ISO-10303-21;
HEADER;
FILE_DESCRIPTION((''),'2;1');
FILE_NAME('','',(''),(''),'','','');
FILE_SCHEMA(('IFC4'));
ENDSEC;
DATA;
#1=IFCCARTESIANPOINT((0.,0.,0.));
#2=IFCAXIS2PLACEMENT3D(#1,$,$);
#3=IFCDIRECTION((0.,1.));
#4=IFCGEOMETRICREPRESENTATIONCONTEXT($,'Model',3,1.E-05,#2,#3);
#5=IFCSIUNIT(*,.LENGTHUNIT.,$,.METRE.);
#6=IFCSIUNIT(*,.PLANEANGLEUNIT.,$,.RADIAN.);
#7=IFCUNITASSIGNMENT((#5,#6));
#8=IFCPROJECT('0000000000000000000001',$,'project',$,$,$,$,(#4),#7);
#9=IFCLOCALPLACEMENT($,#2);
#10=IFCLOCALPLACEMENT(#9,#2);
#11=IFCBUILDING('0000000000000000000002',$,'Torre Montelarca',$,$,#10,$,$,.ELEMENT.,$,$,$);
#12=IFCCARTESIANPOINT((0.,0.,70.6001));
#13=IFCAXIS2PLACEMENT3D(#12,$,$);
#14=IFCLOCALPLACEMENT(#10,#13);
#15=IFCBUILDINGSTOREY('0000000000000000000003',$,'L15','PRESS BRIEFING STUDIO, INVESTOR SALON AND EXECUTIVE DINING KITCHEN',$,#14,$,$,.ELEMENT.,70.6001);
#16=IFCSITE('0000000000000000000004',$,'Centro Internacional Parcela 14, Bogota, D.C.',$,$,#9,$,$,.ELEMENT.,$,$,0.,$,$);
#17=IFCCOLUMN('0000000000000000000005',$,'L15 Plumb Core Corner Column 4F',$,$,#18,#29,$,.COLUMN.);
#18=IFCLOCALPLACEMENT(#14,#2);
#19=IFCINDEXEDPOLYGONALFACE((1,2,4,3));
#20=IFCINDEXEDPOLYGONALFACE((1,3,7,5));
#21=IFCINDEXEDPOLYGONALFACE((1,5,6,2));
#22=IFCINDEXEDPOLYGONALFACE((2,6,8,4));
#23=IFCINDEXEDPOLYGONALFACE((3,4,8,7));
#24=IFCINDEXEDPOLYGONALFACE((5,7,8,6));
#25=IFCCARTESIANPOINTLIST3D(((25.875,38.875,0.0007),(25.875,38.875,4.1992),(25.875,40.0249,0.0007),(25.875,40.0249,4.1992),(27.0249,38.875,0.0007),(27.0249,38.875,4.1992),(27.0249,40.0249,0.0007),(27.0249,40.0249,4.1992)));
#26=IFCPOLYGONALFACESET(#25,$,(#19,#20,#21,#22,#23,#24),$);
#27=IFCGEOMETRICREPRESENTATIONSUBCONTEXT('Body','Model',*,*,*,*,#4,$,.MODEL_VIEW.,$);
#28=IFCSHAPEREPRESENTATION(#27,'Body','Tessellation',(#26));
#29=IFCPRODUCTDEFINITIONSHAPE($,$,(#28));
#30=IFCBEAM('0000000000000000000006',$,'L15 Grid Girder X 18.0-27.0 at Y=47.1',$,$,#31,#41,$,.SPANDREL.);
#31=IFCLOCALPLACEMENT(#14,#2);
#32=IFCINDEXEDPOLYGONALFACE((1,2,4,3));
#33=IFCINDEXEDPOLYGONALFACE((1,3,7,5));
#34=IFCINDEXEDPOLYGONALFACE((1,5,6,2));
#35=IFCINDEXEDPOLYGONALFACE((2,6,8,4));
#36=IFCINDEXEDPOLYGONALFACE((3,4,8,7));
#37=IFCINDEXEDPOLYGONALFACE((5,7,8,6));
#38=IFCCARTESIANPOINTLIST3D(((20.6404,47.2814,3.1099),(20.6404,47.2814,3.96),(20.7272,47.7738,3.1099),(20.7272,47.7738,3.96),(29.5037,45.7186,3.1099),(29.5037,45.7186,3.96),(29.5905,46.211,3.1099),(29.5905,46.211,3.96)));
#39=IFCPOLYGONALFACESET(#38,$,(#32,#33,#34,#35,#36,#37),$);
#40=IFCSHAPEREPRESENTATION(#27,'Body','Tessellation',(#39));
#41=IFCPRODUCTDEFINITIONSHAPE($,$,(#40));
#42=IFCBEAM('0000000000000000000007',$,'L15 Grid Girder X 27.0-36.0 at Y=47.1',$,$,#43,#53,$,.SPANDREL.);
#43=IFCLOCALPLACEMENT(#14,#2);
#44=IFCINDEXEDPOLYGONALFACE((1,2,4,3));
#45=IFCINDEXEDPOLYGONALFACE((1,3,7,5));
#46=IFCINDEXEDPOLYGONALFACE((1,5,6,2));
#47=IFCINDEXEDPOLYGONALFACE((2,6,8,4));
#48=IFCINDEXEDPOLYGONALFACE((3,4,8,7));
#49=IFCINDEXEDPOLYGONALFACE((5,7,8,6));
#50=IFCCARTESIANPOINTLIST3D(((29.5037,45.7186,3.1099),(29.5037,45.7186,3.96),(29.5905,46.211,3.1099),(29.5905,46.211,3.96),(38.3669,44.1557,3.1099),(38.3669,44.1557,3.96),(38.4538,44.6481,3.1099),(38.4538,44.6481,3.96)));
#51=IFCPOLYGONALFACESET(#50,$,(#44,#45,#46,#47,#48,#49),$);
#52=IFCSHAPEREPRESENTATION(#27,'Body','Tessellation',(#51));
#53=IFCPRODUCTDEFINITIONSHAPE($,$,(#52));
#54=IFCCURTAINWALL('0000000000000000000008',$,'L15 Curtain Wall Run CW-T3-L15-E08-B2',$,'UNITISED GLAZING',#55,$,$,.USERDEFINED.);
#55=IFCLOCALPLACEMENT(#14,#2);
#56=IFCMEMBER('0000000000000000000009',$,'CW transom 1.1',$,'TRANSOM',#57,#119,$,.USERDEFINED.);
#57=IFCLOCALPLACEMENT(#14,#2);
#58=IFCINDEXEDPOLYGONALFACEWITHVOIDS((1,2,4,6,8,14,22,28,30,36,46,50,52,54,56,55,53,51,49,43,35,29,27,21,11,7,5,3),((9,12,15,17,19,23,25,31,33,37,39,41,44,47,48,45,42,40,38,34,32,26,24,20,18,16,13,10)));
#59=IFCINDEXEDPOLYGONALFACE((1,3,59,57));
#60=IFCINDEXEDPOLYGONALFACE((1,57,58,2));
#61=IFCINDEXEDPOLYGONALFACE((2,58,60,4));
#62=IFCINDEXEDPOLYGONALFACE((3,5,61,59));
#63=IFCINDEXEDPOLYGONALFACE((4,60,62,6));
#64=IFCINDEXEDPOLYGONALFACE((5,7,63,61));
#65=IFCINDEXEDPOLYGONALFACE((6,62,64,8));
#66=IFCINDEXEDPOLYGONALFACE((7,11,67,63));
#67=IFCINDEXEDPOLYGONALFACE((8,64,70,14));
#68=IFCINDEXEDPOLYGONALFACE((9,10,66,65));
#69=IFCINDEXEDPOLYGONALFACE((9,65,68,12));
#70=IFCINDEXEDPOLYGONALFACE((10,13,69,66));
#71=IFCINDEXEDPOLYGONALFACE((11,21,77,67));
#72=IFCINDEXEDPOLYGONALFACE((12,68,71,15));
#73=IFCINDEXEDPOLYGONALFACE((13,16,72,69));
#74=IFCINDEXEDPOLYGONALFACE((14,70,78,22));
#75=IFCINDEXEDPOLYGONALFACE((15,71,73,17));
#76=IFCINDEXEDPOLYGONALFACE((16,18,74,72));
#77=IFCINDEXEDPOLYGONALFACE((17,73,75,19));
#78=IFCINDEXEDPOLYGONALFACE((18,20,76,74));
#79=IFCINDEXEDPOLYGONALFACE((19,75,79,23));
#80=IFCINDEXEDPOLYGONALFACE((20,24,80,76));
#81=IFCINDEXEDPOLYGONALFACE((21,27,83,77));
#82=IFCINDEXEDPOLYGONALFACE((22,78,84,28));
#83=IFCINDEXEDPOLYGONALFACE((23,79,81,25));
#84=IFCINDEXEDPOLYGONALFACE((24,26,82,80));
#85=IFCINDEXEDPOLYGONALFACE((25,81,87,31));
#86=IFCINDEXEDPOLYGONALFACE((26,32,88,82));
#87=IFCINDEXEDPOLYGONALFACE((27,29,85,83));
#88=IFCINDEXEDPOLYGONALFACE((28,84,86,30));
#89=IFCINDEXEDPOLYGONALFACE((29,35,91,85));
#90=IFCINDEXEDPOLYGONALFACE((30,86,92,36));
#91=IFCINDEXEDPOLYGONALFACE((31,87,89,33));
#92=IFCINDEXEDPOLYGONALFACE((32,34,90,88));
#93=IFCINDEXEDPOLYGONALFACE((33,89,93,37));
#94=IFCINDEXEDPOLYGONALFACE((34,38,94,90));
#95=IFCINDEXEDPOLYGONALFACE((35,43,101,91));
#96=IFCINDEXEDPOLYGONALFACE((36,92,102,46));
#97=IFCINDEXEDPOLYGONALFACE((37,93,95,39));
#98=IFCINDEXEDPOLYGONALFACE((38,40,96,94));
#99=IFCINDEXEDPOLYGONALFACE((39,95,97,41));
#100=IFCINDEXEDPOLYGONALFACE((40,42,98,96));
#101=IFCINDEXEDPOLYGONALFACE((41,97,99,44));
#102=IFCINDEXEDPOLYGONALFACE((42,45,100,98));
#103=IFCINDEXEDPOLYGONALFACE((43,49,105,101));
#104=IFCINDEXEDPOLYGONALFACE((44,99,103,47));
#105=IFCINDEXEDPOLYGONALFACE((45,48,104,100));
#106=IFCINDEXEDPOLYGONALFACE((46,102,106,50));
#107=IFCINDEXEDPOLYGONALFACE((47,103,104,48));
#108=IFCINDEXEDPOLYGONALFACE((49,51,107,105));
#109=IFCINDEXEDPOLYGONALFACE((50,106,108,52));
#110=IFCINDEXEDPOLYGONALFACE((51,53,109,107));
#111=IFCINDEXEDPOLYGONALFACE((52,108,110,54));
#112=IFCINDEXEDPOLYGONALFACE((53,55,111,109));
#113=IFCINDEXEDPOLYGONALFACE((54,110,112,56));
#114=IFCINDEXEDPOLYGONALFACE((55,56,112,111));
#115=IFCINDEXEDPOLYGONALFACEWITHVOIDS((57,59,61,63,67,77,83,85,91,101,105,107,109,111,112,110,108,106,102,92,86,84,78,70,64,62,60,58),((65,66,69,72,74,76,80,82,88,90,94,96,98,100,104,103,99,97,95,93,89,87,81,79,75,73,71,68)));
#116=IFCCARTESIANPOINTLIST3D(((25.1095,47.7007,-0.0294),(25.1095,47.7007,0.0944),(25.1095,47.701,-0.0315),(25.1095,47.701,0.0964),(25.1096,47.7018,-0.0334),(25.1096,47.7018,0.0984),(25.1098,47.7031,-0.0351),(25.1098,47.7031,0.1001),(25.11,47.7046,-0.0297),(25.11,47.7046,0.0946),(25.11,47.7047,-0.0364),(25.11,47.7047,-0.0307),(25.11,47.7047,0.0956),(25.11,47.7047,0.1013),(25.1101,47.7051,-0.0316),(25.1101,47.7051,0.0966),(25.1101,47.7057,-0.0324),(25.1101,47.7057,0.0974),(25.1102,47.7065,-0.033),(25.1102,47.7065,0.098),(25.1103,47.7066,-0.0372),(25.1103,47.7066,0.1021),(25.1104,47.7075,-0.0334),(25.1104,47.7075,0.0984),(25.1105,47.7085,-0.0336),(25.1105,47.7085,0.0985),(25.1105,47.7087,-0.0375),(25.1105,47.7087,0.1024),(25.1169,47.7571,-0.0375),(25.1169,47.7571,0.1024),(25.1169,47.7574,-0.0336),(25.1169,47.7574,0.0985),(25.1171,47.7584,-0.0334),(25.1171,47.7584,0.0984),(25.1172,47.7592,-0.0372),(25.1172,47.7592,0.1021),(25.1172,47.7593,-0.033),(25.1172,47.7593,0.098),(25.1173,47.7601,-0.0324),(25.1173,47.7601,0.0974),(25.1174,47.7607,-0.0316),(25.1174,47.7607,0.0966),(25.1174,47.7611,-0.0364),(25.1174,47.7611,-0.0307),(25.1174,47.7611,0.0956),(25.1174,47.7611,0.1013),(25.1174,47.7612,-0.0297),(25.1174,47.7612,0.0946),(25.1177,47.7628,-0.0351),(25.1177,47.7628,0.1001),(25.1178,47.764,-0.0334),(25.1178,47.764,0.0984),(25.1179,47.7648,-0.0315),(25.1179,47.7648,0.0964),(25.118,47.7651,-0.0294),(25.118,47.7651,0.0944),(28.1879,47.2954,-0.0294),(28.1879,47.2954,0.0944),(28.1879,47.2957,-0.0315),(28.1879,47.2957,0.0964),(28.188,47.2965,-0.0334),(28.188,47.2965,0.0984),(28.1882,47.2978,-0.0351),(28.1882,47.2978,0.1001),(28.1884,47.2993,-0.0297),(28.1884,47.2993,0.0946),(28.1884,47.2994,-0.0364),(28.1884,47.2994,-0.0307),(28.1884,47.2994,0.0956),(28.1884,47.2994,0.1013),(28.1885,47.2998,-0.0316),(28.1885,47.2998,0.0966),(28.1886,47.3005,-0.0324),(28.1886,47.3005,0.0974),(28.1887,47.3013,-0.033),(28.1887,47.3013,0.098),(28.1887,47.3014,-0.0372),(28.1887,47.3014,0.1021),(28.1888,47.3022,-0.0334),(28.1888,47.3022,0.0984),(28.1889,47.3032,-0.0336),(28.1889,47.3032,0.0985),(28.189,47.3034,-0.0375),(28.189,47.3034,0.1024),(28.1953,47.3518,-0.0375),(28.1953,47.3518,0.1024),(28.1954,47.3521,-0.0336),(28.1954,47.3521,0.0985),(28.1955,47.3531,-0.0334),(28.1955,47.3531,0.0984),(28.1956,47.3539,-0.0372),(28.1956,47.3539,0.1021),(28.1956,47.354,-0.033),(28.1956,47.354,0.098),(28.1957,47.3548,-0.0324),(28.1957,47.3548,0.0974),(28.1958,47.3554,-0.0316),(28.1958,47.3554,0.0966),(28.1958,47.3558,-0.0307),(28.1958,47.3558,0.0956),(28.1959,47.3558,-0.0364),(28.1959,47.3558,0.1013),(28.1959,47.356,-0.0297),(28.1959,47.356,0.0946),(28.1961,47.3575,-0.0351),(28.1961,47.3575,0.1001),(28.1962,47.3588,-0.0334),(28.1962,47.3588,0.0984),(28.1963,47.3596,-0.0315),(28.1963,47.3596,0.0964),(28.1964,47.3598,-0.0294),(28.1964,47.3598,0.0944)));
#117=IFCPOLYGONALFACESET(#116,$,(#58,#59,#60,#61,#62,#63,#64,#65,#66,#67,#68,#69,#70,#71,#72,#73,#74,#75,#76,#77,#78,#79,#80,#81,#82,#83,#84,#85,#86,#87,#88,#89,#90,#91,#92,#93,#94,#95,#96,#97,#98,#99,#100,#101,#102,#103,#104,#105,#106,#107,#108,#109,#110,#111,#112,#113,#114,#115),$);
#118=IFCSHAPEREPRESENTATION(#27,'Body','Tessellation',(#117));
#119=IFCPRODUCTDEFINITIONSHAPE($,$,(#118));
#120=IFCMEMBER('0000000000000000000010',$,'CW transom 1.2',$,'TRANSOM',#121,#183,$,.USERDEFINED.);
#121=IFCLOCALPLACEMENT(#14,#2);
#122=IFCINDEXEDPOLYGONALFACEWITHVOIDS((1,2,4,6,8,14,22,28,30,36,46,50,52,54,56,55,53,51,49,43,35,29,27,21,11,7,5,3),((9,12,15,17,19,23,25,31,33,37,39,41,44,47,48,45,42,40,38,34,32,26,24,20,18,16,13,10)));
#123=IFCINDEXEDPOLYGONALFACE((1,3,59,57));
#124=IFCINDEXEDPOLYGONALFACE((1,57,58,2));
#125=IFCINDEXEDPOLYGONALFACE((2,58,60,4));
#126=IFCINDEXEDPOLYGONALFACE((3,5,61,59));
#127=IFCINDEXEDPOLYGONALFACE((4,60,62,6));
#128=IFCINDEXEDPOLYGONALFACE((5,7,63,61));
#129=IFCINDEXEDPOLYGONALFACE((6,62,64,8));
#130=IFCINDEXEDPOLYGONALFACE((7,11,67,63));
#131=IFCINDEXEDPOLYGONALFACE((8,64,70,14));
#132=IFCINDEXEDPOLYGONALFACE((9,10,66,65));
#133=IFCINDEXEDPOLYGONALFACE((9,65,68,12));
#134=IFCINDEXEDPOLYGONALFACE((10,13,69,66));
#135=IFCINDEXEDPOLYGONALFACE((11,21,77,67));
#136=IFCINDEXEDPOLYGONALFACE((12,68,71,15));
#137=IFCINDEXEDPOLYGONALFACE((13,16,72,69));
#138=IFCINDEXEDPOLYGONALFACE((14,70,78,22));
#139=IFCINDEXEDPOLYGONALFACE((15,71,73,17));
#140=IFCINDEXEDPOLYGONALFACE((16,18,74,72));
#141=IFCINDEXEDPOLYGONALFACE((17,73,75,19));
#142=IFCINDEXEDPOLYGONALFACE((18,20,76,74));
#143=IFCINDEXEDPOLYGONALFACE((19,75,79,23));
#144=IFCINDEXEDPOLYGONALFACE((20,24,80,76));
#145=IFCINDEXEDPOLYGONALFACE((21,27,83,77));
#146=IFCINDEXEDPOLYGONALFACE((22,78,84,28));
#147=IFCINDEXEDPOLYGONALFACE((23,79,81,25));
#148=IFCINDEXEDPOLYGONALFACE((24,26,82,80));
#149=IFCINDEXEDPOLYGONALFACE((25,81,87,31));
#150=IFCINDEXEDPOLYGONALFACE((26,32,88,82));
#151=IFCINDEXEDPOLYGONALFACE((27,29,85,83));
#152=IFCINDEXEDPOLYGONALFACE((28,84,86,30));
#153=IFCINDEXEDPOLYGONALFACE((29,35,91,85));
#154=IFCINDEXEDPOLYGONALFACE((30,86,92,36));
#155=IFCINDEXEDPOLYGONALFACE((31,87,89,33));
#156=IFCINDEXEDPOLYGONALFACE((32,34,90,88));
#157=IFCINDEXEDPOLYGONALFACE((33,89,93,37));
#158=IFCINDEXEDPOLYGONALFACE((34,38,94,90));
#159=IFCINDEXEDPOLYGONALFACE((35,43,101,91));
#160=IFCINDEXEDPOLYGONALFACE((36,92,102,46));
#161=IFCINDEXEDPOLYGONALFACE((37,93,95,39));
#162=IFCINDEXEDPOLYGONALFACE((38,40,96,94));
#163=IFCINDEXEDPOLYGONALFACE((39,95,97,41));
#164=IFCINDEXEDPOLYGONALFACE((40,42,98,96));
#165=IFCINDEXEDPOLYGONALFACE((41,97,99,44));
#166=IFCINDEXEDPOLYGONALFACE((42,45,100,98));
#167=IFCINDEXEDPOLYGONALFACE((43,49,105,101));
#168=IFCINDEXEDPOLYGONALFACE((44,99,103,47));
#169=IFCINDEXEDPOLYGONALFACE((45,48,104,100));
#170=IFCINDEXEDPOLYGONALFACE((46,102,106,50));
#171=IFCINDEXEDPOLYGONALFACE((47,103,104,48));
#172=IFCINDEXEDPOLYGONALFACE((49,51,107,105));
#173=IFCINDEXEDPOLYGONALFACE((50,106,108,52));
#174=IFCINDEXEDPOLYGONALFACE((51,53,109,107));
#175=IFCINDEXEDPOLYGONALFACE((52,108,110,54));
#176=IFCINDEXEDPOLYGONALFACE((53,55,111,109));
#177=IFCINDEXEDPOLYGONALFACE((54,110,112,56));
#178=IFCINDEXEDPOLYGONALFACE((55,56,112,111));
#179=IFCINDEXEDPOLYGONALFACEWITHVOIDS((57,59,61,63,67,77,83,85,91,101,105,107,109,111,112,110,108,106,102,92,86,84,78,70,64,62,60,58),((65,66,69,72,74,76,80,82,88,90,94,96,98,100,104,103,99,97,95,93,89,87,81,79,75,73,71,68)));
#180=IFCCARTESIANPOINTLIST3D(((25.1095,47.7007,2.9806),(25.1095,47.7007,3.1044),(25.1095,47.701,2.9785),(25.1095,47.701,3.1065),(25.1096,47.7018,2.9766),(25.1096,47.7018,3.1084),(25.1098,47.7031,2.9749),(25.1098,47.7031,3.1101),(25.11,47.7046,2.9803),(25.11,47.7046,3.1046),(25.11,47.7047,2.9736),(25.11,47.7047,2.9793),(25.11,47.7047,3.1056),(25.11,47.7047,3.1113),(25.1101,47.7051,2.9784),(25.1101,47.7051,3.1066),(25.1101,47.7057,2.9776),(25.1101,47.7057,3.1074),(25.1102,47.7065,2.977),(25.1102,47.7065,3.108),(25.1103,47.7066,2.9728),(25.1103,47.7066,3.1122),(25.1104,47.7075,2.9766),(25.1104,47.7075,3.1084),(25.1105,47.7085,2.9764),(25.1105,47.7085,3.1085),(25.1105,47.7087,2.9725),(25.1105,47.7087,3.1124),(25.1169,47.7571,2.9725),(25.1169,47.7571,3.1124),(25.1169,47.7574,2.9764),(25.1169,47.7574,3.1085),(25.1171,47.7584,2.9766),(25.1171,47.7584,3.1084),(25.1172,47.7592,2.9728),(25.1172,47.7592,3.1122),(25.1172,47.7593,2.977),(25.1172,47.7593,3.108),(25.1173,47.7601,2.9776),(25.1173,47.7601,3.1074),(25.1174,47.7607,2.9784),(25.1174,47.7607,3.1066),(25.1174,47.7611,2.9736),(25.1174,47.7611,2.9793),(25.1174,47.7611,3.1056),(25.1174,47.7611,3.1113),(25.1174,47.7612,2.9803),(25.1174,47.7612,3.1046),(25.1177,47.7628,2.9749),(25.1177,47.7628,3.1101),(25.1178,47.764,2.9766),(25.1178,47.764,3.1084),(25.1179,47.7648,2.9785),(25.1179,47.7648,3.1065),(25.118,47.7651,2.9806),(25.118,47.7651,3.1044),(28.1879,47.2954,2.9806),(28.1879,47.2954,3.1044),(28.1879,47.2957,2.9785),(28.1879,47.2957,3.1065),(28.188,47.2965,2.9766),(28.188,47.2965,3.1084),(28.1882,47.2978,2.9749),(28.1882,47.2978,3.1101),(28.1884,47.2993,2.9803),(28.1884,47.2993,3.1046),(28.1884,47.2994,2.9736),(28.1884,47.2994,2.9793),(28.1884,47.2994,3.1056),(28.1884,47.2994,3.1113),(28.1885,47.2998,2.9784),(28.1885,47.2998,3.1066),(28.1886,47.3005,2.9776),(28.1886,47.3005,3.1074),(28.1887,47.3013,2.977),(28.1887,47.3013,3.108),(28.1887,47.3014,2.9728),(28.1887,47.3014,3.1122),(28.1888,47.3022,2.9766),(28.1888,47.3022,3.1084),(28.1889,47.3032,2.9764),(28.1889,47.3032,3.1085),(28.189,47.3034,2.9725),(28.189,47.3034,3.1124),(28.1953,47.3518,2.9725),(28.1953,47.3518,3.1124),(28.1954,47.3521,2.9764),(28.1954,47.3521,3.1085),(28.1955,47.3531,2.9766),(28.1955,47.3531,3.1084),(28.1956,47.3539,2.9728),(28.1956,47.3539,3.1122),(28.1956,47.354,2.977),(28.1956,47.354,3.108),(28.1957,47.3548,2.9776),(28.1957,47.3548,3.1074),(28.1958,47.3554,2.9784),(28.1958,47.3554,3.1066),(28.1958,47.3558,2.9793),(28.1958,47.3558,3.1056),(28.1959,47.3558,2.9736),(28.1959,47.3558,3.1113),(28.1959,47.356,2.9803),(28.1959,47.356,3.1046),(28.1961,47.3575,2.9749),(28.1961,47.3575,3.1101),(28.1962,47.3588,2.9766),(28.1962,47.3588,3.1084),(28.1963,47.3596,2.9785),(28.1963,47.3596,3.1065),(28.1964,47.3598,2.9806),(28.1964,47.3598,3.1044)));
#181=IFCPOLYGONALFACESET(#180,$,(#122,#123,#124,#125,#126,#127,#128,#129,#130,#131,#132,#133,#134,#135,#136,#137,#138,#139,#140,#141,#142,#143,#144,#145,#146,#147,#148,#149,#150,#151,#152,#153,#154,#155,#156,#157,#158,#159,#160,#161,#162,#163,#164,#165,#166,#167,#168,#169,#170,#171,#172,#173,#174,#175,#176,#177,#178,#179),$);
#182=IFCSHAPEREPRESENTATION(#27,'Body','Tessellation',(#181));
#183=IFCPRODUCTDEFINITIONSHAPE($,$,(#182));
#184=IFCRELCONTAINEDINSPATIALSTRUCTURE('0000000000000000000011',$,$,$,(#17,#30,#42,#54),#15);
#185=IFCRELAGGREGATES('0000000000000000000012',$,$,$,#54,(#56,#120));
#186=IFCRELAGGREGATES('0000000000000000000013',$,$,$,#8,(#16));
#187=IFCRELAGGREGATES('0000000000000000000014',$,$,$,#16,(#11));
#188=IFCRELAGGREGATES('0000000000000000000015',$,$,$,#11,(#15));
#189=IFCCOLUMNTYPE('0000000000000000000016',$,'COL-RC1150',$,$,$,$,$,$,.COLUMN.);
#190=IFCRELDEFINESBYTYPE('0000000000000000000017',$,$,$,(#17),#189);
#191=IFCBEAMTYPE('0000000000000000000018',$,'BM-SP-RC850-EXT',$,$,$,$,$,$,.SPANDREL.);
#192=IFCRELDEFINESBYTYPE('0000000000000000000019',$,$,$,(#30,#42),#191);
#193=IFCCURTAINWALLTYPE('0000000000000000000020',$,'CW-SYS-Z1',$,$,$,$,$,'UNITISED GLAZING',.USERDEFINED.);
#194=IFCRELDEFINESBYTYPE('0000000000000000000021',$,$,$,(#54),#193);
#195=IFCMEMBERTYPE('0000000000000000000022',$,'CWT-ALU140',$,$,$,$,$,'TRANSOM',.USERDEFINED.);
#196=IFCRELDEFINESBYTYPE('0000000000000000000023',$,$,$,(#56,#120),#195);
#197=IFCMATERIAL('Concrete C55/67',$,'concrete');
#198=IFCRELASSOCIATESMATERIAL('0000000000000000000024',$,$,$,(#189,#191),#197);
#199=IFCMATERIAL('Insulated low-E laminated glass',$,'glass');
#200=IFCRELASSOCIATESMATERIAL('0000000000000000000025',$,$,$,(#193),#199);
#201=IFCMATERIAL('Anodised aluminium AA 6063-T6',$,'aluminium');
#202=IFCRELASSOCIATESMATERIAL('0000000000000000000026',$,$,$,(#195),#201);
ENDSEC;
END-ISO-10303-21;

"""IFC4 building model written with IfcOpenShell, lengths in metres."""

from ifc_helpers import new_model, si_unit, direction, frame, origin, origin_2d, place, context, subcontext, project, spatial, rectangle, hollow_rectangle, extrude, source, transform, mapped, material, material_profile, profile_set, type_object, element, aggregate, save


model = new_model("IFC4")

# Units and contexts
model_context = context("Model", 3, precision=1e-05, world=origin(), true_north=direction((0.0, 1.0)))
body_context = subcontext(model_context, "Body", "Model", "MODEL_VIEW")
ifc_project = project(units=[si_unit("LENGTHUNIT", "METRE"), si_unit("PLANEANGLEUNIT", "RADIAN")], contexts=[model_context])

# Site, building, storey
site_placement = place(None, origin())
site = spatial("IfcSite", under=ifc_project, at=site_placement, Name="Centro Internacional Parcela 14, Bogota, D.C.", CompositionType="ELEMENT", RefElevation=0.0)
building_placement = place(site_placement, origin())
building = spatial("IfcBuilding", under=site, at=building_placement, Name="Torre Montelarca", CompositionType="ELEMENT")
storey_placement = place(building_placement, frame((0.0, 0.0, 70.6001)))
storey = spatial("IfcBuildingStorey", under=building, at=storey_placement, Name="L15", Description="PRESS BRIEFING STUDIO, INVESTOR SALON AND EXECUTIVE DINING KITCHEN", CompositionType="ELEMENT", Elevation=70.6001)

# Column
ifc_material_1 = material(Name="Concrete C55/67", Category="concrete")
ifc_material_profile_1 = material_profile(ifc_material_1, rectangle(XDim=1.1499, YDim=1.1499, at=origin_2d()), Name="RC1150X1150", Category="concrete")
ifc_profile_set_1 = profile_set([ifc_material_profile_1], Name="Concrete C55/67")
column_type_1 = type_object("IfcColumnType", Name="COL-RC1150", PredefinedType="COLUMN", material=ifc_profile_set_1)
shared_shape_1 = source(origin(), body_context, "Body", "SweptSolid", [
    extrude(rectangle(XDim=1.1499, YDim=1.1499, at=origin_2d()), origin(), (0.0, 0.0, 1.0), 4.1985),
])
column_1_placement = place(storey_placement, frame((26.45, 39.45, 0.0007), z_axis=(0.0, 0.0, 1.0), x_axis=(1.0, 0.0, 0.0)))
element("IfcColumn", 1, at=column_1_placement, inside=storey, type_object=column_type_1, Name="L15 Plumb Core Corner Column 4F", PredefinedType="COLUMN", context=body_context, shape_type="MappedRepresentation", body=[
    mapped(shared_shape_1, transform((0.0, 0.0, 0.0), scale=1.0)),
])

# Beams
ifc_material_profile_2 = material_profile(ifc_material_1, rectangle(XDim=0.5, YDim=0.8501, at=origin_2d()), Name="RCB500X850", Category="concrete")
ifc_profile_set_2 = profile_set([ifc_material_profile_2], Name="Concrete C55/67")
beam_type = type_object("IfcBeamType", Name="BM-SP-RC850-EXT", PredefinedType="SPANDREL", material=ifc_profile_set_2)
shared_shape_2 = source(origin(), body_context, "Body", "SweptSolid", [
    extrude(rectangle(XDim=0.5, YDim=0.8501, at=origin_2d()), origin(), (0.0, 0.0, 1.0), 9.0),
])
for number, where, z_axis, x_axis, name in (
    (2, (20.6838, 47.5276, 3.5349), (0.984809, -0.173638, 0.0), (0.173638, 0.984809, 0.0), "L15 Grid Girder X 18.0-27.0 at Y=47.1"),
    (3, (29.5471, 45.9648, 3.5349), (0.984805, -0.173665, 0.0), (0.173665, 0.984805, 0.0), "L15 Grid Girder X 27.0-36.0 at Y=47.1"),
):
    element("IfcBeam", number, at=place(storey_placement, frame(where, z_axis=z_axis, x_axis=x_axis)), inside=storey, type_object=beam_type, Name=name, PredefinedType="SPANDREL", context=body_context, shape_type="MappedRepresentation", body=[
        mapped(shared_shape_2, transform((0.0, 0.0, 0.0), scale=1.0)),
    ])

# Curtain wall, members
ifc_material_2 = material(Name="Insulated low-E laminated glass", Category="glass")
curtain_wall_type = type_object("IfcCurtainWallType", Name="CW-SYS-Z1", ElementType="UNITISED GLAZING", PredefinedType="USERDEFINED", material=ifc_material_2)
curtain_wall_1_placement = place(storey_placement, origin())
curtain_wall_1 = element("IfcCurtainWall", 4, at=curtain_wall_1_placement, inside=storey, type_object=curtain_wall_type, Name="L15 Curtain Wall Run CW-T3-L15-E08-B2", ObjectType="UNITISED GLAZING", PredefinedType="USERDEFINED")
ifc_material_3 = material(Name="Anodised aluminium AA 6063-T6", Category="aluminium")
ifc_material_profile_3 = material_profile(ifc_material_3, hollow_rectangle(XDim=0.0649, YDim=0.1399, WallThickness=0.0039, InnerFilletRadius=0.0039, OuterFilletRadius=0.0081, at=origin_2d()), Name="ALU65X140X4", Category="aluminium")
ifc_profile_set_3 = profile_set([ifc_material_profile_3], Name="Anodised aluminium AA 6063-T6")
member_type_1 = type_object("IfcMemberType", Name="CWT-ALU140", ElementType="TRANSOM", PredefinedType="USERDEFINED", material=ifc_profile_set_3)
shared_shape_3 = source(origin(), body_context, "Body", "SweptSolid", [
    extrude(hollow_rectangle(XDim=0.0649, YDim=0.1399, WallThickness=0.0039, InnerFilletRadius=0.0039, OuterFilletRadius=0.0081, at=origin_2d()), origin(), (0.0, 0.0, 1.0), 3.105),
])
member_1_placement = place(storey_placement, frame((28.1921, 47.3276, 0.0325), z_axis=(-0.991445, 0.130526, 0.0), x_axis=(-0.130526, -0.991445, 0.0)))
member_1 = element("IfcMember", 5, at=member_1_placement, type_object=member_type_1, Name="CW transom 1.1", ObjectType="TRANSOM", PredefinedType="USERDEFINED", context=body_context, shape_type="MappedRepresentation", body=[
    mapped(shared_shape_3, transform((0.0, 0.0, 0.0), scale=1.0)),
])
member_2_placement = place(storey_placement, frame((28.1921, 47.3276, 3.0425), z_axis=(-0.991445, 0.130526, 0.0), x_axis=(-0.130526, -0.991445, 0.0)))
member_2 = element("IfcMember", 6, at=member_2_placement, type_object=member_type_1, Name="CW transom 1.2", ObjectType="TRANSOM", PredefinedType="USERDEFINED", context=body_context, shape_type="MappedRepresentation", body=[
    mapped(shared_shape_3, transform((0.0, 0.0, 0.0), scale=1.0)),
])

aggregate(curtain_wall_1, [member_1, member_2])

save(model, "model.ifc")
